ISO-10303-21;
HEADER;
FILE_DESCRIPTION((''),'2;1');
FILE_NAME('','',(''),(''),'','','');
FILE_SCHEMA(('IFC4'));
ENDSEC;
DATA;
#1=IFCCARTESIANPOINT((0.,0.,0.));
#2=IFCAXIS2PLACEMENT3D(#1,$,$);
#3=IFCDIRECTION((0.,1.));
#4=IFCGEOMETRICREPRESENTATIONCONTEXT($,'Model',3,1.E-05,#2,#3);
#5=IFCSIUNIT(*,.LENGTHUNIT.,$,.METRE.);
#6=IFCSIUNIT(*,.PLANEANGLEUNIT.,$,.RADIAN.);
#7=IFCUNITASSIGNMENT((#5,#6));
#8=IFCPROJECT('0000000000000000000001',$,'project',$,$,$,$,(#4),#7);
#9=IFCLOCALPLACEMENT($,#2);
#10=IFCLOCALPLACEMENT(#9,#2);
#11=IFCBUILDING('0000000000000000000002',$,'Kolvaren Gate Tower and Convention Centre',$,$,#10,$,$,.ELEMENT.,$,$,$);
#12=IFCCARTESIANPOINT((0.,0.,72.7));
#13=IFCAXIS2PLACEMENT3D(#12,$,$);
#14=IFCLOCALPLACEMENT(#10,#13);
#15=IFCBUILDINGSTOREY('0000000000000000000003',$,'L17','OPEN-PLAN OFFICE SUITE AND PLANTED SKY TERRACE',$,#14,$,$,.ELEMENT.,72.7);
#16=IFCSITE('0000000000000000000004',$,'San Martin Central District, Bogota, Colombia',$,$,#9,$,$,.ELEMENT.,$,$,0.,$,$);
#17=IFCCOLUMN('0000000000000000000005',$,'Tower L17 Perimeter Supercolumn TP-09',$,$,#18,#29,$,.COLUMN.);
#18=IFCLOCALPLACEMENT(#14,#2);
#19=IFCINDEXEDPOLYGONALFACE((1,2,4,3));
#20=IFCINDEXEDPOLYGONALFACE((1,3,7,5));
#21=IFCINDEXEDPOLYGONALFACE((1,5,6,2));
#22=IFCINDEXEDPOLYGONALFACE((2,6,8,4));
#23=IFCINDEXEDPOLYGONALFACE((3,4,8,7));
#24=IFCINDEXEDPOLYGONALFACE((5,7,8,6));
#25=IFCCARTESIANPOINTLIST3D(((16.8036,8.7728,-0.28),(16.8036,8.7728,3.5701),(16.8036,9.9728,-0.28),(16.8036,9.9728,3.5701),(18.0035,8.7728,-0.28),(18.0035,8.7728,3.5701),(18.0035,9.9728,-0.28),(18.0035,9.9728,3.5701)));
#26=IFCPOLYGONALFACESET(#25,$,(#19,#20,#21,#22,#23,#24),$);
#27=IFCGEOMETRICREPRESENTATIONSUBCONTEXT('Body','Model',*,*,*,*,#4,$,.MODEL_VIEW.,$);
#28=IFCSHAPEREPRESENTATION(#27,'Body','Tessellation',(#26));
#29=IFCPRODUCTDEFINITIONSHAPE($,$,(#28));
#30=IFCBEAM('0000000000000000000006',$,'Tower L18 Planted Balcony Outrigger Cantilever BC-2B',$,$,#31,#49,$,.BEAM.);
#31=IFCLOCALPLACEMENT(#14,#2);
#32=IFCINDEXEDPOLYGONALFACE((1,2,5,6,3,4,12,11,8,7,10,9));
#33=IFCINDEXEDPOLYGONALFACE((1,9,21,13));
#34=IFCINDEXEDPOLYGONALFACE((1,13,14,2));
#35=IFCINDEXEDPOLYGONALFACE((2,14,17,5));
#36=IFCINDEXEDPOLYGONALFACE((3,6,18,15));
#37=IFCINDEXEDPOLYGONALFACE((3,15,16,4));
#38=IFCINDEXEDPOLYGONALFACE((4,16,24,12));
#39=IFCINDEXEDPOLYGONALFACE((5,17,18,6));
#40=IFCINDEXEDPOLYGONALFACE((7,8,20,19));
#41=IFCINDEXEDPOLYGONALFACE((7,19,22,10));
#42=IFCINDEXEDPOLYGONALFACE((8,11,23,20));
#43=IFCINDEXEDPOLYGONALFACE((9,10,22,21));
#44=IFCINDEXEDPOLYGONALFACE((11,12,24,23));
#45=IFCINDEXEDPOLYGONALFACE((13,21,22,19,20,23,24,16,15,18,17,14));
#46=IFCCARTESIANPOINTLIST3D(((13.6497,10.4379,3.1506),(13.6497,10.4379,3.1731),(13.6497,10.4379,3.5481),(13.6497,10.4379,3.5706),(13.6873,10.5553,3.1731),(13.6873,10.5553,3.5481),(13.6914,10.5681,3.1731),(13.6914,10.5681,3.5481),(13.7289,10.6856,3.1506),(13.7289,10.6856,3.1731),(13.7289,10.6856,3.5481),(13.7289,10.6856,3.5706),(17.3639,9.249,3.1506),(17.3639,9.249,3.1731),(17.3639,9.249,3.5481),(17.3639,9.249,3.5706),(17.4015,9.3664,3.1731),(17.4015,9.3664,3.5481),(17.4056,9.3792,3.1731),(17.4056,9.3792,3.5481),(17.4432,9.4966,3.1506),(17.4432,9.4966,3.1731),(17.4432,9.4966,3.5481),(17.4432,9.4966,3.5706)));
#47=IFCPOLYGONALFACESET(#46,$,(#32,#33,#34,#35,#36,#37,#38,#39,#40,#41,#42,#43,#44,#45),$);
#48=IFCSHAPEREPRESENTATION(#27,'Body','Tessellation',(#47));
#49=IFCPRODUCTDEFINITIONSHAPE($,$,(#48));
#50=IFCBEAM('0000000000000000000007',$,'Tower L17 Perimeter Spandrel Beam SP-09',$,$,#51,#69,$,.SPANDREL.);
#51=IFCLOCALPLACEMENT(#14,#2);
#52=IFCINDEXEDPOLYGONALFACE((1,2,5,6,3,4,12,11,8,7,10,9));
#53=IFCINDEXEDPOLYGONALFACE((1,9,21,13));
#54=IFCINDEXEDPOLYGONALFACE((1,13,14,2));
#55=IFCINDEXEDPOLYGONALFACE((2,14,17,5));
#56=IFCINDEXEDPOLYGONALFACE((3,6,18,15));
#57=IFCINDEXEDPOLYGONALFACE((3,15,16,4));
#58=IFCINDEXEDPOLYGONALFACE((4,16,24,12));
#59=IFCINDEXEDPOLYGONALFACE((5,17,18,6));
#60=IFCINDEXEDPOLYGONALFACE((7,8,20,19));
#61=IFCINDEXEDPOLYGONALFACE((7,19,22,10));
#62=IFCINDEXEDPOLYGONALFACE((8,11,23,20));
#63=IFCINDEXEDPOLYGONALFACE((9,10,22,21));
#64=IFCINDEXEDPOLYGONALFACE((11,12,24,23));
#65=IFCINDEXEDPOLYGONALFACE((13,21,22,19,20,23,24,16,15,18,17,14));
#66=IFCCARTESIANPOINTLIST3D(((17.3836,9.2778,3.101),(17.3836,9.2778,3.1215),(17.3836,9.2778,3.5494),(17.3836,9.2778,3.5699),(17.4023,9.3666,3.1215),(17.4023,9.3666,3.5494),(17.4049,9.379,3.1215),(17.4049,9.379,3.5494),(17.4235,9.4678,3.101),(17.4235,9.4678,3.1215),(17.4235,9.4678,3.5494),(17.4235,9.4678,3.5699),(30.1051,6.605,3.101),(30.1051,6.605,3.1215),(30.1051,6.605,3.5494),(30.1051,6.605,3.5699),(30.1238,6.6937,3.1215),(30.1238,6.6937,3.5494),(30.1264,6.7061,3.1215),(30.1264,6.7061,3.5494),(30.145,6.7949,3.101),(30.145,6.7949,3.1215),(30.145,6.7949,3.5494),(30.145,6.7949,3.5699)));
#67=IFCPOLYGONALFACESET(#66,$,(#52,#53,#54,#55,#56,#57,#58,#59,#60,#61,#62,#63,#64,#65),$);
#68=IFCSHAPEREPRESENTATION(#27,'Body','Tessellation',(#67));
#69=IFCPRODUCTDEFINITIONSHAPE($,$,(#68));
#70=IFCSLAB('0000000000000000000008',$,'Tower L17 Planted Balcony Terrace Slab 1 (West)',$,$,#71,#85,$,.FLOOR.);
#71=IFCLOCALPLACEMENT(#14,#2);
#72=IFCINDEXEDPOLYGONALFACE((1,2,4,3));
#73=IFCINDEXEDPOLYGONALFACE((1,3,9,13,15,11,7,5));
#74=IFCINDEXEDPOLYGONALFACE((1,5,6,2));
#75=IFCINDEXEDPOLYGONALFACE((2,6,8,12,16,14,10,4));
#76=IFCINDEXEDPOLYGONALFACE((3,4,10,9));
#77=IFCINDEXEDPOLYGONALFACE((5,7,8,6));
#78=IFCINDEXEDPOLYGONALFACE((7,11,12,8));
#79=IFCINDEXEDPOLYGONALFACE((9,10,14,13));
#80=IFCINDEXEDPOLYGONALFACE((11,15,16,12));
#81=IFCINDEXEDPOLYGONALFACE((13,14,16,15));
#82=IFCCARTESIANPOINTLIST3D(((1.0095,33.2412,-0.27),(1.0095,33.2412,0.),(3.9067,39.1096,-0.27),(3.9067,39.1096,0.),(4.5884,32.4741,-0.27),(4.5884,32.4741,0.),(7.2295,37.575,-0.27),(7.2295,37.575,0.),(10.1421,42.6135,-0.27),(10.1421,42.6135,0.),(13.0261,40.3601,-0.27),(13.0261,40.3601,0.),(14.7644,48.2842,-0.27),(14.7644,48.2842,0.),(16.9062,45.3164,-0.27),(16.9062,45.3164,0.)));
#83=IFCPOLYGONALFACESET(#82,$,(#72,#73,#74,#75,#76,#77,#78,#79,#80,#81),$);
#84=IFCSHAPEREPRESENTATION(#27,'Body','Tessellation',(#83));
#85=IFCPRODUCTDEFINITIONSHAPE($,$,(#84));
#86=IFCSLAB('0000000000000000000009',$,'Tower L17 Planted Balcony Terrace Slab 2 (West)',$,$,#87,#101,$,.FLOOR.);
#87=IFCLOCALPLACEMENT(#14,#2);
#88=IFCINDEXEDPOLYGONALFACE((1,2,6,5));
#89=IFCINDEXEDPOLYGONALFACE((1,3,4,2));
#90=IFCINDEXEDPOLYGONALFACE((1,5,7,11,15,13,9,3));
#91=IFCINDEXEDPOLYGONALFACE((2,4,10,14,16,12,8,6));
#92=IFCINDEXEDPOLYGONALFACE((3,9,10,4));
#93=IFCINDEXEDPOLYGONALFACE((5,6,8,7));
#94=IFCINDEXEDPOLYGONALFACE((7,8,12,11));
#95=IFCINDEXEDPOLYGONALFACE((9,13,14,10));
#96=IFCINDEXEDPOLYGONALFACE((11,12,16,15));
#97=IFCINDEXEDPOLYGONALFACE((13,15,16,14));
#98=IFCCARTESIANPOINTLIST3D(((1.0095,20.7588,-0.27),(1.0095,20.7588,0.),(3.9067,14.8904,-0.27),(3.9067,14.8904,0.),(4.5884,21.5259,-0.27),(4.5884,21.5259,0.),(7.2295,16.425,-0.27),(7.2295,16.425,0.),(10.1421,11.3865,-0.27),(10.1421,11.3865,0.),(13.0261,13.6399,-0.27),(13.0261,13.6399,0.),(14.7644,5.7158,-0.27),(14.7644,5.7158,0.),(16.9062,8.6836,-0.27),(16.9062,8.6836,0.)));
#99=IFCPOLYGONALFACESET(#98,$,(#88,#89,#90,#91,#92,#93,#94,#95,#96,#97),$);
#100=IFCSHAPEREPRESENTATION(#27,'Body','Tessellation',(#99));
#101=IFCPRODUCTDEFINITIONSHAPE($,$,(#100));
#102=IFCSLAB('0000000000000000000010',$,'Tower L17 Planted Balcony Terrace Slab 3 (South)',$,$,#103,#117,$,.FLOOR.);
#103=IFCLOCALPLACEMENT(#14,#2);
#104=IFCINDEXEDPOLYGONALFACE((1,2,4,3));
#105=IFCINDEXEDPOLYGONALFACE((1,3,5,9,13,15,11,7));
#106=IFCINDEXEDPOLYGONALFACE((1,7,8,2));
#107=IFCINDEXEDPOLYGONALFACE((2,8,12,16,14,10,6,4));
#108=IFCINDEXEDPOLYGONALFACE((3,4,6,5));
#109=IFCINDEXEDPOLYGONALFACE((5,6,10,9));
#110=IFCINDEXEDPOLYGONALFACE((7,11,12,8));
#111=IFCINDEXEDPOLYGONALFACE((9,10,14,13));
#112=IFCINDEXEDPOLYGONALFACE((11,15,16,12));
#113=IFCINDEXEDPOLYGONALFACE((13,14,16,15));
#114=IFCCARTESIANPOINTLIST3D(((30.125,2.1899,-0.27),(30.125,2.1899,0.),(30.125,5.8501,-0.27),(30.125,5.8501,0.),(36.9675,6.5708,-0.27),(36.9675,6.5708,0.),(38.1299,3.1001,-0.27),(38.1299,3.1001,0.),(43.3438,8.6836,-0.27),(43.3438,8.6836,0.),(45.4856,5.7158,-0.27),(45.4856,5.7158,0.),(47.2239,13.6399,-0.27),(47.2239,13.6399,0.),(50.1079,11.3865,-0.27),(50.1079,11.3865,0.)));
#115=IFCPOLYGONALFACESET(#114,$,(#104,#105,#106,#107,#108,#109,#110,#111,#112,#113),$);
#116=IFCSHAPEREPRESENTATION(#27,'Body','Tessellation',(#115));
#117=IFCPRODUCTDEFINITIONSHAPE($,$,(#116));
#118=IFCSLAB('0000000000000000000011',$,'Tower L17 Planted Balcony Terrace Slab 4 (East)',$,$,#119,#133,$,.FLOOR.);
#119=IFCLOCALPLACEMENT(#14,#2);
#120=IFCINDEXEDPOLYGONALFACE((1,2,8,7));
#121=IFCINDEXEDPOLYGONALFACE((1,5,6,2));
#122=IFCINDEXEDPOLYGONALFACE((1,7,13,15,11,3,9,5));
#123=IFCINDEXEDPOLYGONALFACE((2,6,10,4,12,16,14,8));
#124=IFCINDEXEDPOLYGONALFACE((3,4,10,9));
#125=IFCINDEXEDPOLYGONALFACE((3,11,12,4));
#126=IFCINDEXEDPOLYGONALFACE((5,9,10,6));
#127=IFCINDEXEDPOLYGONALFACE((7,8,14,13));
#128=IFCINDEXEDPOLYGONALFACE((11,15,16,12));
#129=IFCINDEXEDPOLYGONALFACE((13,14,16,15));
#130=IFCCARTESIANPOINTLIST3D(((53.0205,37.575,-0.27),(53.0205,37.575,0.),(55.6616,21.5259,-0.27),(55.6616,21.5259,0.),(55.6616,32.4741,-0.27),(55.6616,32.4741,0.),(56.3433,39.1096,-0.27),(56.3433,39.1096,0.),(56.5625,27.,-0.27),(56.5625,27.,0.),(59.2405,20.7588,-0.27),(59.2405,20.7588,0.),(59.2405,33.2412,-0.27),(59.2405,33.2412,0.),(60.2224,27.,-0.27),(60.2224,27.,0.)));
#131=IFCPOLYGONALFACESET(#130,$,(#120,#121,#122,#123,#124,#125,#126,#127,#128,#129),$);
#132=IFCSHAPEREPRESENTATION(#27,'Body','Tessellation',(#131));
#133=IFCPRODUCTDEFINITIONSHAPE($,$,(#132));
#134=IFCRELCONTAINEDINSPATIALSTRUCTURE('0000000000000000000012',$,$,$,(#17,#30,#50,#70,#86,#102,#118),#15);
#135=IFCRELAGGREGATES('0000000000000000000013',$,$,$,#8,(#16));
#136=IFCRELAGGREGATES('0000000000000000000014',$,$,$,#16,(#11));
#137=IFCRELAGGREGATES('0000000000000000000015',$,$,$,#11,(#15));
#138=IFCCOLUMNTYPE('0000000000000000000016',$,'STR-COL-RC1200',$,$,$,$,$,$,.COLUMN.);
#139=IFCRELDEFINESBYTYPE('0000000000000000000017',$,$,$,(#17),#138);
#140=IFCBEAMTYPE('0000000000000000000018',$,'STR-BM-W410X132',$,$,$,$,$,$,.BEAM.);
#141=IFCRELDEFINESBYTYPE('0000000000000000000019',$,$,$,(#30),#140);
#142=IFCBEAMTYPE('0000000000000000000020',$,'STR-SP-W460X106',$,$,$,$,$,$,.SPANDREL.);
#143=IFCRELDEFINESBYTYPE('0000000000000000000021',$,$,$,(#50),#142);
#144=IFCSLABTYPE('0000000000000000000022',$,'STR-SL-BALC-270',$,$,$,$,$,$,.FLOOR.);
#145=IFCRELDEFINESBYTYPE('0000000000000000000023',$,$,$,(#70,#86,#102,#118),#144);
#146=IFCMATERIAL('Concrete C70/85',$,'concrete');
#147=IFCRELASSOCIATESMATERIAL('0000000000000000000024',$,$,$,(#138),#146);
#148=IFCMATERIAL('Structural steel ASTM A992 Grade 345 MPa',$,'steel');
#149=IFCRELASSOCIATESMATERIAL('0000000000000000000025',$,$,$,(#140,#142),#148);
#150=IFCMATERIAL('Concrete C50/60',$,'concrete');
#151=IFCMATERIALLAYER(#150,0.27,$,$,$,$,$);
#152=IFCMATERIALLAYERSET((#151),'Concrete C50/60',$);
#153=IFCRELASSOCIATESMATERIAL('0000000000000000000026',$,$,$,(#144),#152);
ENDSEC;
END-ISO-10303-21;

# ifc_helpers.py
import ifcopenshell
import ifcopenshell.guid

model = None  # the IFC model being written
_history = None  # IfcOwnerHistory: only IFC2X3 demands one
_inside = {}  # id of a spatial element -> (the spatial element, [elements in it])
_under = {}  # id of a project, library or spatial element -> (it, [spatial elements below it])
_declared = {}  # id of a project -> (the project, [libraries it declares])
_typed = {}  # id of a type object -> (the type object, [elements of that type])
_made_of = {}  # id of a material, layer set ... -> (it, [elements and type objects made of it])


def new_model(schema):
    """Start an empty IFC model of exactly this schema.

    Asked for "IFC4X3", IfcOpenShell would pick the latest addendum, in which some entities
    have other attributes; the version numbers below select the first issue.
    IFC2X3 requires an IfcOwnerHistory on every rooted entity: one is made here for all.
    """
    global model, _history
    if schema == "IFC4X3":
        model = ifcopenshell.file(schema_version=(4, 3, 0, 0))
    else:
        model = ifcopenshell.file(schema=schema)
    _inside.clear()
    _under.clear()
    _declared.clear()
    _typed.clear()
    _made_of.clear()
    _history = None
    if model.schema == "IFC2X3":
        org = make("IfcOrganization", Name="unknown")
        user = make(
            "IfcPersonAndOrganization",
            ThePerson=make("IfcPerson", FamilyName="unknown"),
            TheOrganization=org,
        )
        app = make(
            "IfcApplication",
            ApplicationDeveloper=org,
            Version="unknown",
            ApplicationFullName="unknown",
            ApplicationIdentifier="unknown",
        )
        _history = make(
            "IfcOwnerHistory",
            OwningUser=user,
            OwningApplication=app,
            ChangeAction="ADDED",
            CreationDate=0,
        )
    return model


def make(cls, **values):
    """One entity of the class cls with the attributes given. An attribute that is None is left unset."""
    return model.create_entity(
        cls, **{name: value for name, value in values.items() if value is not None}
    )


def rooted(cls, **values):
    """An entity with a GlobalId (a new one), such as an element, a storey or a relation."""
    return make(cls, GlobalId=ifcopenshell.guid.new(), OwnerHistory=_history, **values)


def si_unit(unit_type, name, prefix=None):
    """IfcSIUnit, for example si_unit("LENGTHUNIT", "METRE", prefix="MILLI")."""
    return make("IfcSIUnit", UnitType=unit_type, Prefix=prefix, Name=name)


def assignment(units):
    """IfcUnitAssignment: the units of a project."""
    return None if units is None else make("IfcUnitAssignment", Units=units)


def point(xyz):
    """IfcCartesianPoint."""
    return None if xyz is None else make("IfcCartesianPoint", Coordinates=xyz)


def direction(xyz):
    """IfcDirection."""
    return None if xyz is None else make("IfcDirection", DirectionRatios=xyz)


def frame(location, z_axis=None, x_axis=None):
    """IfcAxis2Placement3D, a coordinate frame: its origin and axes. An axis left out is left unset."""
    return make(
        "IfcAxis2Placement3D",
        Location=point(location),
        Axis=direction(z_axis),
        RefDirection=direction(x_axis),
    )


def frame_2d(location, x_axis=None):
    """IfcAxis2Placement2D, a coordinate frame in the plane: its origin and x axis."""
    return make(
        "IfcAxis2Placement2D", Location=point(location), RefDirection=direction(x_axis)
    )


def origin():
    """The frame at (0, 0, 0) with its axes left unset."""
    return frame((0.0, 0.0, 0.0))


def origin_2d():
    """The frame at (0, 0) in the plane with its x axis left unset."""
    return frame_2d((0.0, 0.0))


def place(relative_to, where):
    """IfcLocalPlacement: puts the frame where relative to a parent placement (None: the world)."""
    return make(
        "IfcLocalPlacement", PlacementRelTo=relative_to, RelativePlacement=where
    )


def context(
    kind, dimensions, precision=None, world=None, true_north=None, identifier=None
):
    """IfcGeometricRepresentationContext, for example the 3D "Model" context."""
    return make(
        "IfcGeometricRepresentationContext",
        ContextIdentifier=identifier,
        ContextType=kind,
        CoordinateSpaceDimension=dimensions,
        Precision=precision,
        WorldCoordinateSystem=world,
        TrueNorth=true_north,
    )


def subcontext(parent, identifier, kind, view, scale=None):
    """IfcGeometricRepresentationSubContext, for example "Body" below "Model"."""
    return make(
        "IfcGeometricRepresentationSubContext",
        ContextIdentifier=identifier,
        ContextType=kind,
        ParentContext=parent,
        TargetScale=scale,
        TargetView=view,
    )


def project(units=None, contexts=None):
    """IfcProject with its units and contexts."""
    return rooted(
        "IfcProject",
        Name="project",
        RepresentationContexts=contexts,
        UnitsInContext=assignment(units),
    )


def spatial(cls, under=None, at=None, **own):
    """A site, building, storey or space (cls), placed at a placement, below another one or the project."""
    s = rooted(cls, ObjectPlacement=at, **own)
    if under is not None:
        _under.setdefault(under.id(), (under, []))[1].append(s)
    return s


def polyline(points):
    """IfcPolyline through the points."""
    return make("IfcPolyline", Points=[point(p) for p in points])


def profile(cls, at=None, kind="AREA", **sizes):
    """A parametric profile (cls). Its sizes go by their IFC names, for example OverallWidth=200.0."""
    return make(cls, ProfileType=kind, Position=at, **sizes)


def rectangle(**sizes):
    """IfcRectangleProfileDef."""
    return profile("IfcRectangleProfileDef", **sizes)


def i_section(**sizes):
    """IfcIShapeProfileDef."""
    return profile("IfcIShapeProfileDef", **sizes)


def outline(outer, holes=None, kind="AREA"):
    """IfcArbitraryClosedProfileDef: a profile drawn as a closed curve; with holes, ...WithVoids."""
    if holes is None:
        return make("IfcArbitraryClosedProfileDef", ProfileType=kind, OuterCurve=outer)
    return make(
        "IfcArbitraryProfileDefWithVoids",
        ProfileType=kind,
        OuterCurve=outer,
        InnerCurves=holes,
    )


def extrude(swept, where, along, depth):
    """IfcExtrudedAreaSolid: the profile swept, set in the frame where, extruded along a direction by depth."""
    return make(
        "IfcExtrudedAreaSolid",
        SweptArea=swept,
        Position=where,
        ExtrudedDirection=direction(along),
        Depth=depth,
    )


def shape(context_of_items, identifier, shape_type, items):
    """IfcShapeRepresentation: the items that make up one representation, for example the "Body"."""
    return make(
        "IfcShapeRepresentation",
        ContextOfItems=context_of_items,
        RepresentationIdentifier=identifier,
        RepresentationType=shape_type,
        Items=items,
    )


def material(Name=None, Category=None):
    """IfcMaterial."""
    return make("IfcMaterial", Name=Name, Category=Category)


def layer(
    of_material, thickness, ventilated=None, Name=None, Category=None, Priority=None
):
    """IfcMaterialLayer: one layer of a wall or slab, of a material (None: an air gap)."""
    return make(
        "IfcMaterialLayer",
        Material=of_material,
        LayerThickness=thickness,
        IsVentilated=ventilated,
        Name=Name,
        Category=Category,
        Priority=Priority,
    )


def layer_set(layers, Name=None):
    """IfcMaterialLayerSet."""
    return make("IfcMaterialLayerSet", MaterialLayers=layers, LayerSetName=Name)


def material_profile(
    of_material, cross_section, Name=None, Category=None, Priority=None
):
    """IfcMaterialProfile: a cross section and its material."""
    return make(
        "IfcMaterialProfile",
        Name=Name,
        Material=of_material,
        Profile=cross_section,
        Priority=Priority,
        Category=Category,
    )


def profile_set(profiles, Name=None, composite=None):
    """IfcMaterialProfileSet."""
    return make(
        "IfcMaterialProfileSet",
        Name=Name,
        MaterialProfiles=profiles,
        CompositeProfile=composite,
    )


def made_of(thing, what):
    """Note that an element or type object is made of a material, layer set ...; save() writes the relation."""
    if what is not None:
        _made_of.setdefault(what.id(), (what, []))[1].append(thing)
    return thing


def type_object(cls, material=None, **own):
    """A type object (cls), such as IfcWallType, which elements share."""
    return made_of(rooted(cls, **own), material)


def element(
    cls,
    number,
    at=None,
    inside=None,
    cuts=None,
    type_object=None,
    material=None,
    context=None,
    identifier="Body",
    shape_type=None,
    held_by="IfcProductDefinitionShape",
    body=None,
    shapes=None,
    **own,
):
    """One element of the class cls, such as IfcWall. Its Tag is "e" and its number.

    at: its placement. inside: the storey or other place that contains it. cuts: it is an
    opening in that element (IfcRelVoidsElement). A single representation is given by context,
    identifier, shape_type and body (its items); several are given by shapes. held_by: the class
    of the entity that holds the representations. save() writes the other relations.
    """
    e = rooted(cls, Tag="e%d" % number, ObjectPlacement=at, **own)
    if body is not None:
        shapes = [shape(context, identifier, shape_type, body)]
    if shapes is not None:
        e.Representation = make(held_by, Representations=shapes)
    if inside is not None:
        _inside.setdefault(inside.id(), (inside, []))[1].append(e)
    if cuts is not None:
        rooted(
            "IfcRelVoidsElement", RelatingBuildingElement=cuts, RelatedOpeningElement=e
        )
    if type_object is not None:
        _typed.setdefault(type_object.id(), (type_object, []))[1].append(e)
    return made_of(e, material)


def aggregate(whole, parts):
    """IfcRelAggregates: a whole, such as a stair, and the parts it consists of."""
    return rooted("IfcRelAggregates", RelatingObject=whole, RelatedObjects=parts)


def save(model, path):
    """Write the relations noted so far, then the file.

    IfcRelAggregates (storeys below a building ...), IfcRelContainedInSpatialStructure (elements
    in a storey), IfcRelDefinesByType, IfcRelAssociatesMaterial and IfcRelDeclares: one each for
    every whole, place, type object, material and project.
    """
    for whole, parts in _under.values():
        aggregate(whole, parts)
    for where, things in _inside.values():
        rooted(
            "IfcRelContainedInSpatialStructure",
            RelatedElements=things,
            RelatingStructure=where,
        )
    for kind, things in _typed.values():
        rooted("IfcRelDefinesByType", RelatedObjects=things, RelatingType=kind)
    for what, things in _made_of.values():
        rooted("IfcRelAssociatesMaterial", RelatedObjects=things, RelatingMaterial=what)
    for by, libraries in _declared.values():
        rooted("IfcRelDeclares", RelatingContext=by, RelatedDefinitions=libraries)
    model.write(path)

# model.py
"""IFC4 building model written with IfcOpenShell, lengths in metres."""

from ifc_helpers import new_model, si_unit, direction, frame, origin, origin_2d, place, context, subcontext, project, spatial, polyline, rectangle, i_section, outline, extrude, material, layer, layer_set, material_profile, profile_set, type_object, element, save


model = new_model("IFC4")

# Units and contexts
model_context = context("Model", 3, precision=1e-05, world=origin(), true_north=direction((0.0, 1.0)))
body_context = subcontext(model_context, "Body", "Model", "MODEL_VIEW")
ifc_project = project(units=[si_unit("LENGTHUNIT", "METRE"), si_unit("PLANEANGLEUNIT", "RADIAN")], contexts=[model_context])

# Site, building, storey
site_placement = place(None, origin())
site = spatial("IfcSite", under=ifc_project, at=site_placement, Name="San Martin Central District, Bogota, Colombia", CompositionType="ELEMENT", RefElevation=0.0)
building_placement = place(site_placement, origin())
building = spatial("IfcBuilding", under=site, at=building_placement, Name="Kolvaren Gate Tower and Convention Centre", CompositionType="ELEMENT")
storey_placement = place(building_placement, frame((0.0, 0.0, 72.7)))
storey = spatial("IfcBuildingStorey", under=building, at=storey_placement, Name="L17", Description="OPEN-PLAN OFFICE SUITE AND PLANTED SKY TERRACE", CompositionType="ELEMENT", Elevation=72.7)

# Column
ifc_material_1 = material(Name="Concrete C70/85", Category="concrete")
ifc_material_profile_1 = material_profile(ifc_material_1, rectangle(XDim=1.2, YDim=1.2, at=origin_2d()), Name="RC-COL-1200X1200")
ifc_profile_set_1 = profile_set([ifc_material_profile_1], Name="Concrete C70/85")
column_type = type_object("IfcColumnType", Name="STR-COL-RC1200", PredefinedType="COLUMN", material=ifc_profile_set_1)
column_placement = place(storey_placement, frame((17.4036, 9.3728, -0.28), z_axis=(0.0, 0.0, 1.0), x_axis=(1.0, 0.0, 0.0)))
element("IfcColumn", 1, at=column_placement, inside=storey, type_object=column_type, Name="Tower L17 Perimeter Supercolumn TP-09", PredefinedType="COLUMN", context=body_context, shape_type="SweptSolid", body=[
    extrude(rectangle(XDim=1.2, YDim=1.2, at=origin_2d()), origin(), (0.0, 0.0, 1.0), 3.8501),
])

# Beams
ifc_material_2 = material(Name="Structural steel ASTM A992 Grade 345 MPa", Category="steel")
ifc_material_profile_2 = material_profile(ifc_material_2, i_section(OverallWidth=0.26, OverallDepth=0.4199, WebThickness=0.0134, FlangeThickness=0.0225, at=origin_2d()), Name="W410X132")
ifc_profile_set_2 = profile_set([ifc_material_profile_2], Name="Structural steel ASTM A992 Grade 345 MPa")
beam_type_1 = type_object("IfcBeamType", Name="STR-BM-W410X132", PredefinedType="BEAM", material=ifc_profile_set_2)
beam_1_placement = place(storey_placement, frame((17.4036, 9.3728, 3.3606), z_axis=(-0.952397, 0.304862, 0.0), x_axis=(-0.304862, -0.952397, 0.0)))
element("IfcBeam", 2, at=beam_1_placement, inside=storey, type_object=beam_type_1, Name="Tower L18 Planted Balcony Outrigger Cantilever BC-2B", PredefinedType="BEAM", context=body_context, shape_type="SweptSolid", body=[
    extrude(i_section(OverallWidth=0.26, OverallDepth=0.4199, WebThickness=0.0134, FlangeThickness=0.0225, at=origin_2d()), origin(), (0.0, 0.0, 1.0), 3.8999),
])
ifc_material_profile_3 = material_profile(ifc_material_2, i_section(OverallWidth=0.1941, OverallDepth=0.469, WebThickness=0.0127, FlangeThickness=0.0205, at=origin_2d()), Name="W460X106")
ifc_profile_set_3 = profile_set([ifc_material_profile_3], Name="Structural steel ASTM A992 Grade 345 MPa")
beam_type_2 = type_object("IfcBeamType", Name="STR-SP-W460X106", PredefinedType="SPANDREL", material=ifc_profile_set_3)
beam_2_placement = place(storey_placement, frame((17.4036, 9.3728, 3.3354), z_axis=(0.978633, -0.205617, 0.0), x_axis=(0.205617, 0.978633, 0.0)))
element("IfcBeam", 3, at=beam_2_placement, inside=storey, type_object=beam_type_2, Name="Tower L17 Perimeter Spandrel Beam SP-09", PredefinedType="SPANDREL", context=body_context, shape_type="SweptSolid", body=[
    extrude(i_section(OverallWidth=0.1941, OverallDepth=0.469, WebThickness=0.0127, FlangeThickness=0.0205, at=origin_2d()), origin(), (0.0, 0.0, 1.0), 12.9993),
])

# Slabs
ifc_material_3 = material(Name="Concrete C50/60", Category="concrete")
ifc_layer_1 = layer(ifc_material_3, 0.27)
ifc_layer_set_1 = layer_set([ifc_layer_1], Name="Concrete C50/60")
slab_type_1 = type_object("IfcSlabType", Name="STR-SL-BALC-270", PredefinedType="FLOOR", material=ifc_layer_set_1)
slab_1_placement = place(storey_placement, frame((0.0, 0.0, -0.27)))
element("IfcSlab", 4, at=slab_1_placement, inside=storey, type_object=slab_type_1, Name="Tower L17 Planted Balcony Terrace Slab 1 (West)", PredefinedType="FLOOR", context=body_context, shape_type="SweptSolid", body=[
    extrude(outline(polyline([(16.9062, 45.3164), (13.0261, 40.3601), (7.2295, 37.575), (4.5884, 32.4741), (1.0095, 33.2412), (3.9067, 39.1096), (10.1421, 42.6135), (14.7644, 48.2842), (16.9062, 45.3164)])), origin(), (0.0, 0.0, 1.0), 0.27),
])
slab_2_placement = place(storey_placement, frame((0.0, 0.0, -0.27)))
element("IfcSlab", 5, at=slab_2_placement, inside=storey, type_object=slab_type_1, Name="Tower L17 Planted Balcony Terrace Slab 2 (West)", PredefinedType="FLOOR", context=body_context, shape_type="SweptSolid", body=[
    extrude(outline(polyline([(4.5884, 21.5259), (7.2295, 16.425), (13.0261, 13.6399), (16.9062, 8.6836), (14.7644, 5.7158), (10.1421, 11.3865), (3.9067, 14.8904), (1.0095, 20.7588), (4.5884, 21.5259)])), origin(), (0.0, 0.0, 1.0), 0.27),
])
slab_3_placement = place(storey_placement, frame((0.0, 0.0, -0.27)))
element("IfcSlab", 6, at=slab_3_placement, inside=storey, type_object=slab_type_1, Name="Tower L17 Planted Balcony Terrace Slab 3 (South)", PredefinedType="FLOOR", context=body_context, shape_type="SweptSolid", body=[
    extrude(outline(polyline([(30.125, 5.8501), (36.9675, 6.5708), (43.3438, 8.6836), (47.2239, 13.6399), (50.1079, 11.3865), (45.4856, 5.7158), (38.1299, 3.1001), (30.125, 2.1899), (30.125, 5.8501)])), origin(), (0.0, 0.0, 1.0), 0.27),
])
slab_4_placement = place(storey_placement, frame((0.0, 0.0, -0.27)))
element("IfcSlab", 7, at=slab_4_placement, inside=storey, type_object=slab_type_1, Name="Tower L17 Planted Balcony Terrace Slab 4 (East)", PredefinedType="FLOOR", context=body_context, shape_type="SweptSolid", body=[
    extrude(outline(polyline([(55.6616, 21.5259), (56.5625, 27.0), (55.6616, 32.4741), (53.0205, 37.575), (56.3433, 39.1096), (59.2405, 33.2412), (60.2224, 27.0), (59.2405, 20.7588), (55.6616, 21.5259)])), origin(), (0.0, 0.0, 1.0), 0.27),
])

save(model, "model.ifc")
